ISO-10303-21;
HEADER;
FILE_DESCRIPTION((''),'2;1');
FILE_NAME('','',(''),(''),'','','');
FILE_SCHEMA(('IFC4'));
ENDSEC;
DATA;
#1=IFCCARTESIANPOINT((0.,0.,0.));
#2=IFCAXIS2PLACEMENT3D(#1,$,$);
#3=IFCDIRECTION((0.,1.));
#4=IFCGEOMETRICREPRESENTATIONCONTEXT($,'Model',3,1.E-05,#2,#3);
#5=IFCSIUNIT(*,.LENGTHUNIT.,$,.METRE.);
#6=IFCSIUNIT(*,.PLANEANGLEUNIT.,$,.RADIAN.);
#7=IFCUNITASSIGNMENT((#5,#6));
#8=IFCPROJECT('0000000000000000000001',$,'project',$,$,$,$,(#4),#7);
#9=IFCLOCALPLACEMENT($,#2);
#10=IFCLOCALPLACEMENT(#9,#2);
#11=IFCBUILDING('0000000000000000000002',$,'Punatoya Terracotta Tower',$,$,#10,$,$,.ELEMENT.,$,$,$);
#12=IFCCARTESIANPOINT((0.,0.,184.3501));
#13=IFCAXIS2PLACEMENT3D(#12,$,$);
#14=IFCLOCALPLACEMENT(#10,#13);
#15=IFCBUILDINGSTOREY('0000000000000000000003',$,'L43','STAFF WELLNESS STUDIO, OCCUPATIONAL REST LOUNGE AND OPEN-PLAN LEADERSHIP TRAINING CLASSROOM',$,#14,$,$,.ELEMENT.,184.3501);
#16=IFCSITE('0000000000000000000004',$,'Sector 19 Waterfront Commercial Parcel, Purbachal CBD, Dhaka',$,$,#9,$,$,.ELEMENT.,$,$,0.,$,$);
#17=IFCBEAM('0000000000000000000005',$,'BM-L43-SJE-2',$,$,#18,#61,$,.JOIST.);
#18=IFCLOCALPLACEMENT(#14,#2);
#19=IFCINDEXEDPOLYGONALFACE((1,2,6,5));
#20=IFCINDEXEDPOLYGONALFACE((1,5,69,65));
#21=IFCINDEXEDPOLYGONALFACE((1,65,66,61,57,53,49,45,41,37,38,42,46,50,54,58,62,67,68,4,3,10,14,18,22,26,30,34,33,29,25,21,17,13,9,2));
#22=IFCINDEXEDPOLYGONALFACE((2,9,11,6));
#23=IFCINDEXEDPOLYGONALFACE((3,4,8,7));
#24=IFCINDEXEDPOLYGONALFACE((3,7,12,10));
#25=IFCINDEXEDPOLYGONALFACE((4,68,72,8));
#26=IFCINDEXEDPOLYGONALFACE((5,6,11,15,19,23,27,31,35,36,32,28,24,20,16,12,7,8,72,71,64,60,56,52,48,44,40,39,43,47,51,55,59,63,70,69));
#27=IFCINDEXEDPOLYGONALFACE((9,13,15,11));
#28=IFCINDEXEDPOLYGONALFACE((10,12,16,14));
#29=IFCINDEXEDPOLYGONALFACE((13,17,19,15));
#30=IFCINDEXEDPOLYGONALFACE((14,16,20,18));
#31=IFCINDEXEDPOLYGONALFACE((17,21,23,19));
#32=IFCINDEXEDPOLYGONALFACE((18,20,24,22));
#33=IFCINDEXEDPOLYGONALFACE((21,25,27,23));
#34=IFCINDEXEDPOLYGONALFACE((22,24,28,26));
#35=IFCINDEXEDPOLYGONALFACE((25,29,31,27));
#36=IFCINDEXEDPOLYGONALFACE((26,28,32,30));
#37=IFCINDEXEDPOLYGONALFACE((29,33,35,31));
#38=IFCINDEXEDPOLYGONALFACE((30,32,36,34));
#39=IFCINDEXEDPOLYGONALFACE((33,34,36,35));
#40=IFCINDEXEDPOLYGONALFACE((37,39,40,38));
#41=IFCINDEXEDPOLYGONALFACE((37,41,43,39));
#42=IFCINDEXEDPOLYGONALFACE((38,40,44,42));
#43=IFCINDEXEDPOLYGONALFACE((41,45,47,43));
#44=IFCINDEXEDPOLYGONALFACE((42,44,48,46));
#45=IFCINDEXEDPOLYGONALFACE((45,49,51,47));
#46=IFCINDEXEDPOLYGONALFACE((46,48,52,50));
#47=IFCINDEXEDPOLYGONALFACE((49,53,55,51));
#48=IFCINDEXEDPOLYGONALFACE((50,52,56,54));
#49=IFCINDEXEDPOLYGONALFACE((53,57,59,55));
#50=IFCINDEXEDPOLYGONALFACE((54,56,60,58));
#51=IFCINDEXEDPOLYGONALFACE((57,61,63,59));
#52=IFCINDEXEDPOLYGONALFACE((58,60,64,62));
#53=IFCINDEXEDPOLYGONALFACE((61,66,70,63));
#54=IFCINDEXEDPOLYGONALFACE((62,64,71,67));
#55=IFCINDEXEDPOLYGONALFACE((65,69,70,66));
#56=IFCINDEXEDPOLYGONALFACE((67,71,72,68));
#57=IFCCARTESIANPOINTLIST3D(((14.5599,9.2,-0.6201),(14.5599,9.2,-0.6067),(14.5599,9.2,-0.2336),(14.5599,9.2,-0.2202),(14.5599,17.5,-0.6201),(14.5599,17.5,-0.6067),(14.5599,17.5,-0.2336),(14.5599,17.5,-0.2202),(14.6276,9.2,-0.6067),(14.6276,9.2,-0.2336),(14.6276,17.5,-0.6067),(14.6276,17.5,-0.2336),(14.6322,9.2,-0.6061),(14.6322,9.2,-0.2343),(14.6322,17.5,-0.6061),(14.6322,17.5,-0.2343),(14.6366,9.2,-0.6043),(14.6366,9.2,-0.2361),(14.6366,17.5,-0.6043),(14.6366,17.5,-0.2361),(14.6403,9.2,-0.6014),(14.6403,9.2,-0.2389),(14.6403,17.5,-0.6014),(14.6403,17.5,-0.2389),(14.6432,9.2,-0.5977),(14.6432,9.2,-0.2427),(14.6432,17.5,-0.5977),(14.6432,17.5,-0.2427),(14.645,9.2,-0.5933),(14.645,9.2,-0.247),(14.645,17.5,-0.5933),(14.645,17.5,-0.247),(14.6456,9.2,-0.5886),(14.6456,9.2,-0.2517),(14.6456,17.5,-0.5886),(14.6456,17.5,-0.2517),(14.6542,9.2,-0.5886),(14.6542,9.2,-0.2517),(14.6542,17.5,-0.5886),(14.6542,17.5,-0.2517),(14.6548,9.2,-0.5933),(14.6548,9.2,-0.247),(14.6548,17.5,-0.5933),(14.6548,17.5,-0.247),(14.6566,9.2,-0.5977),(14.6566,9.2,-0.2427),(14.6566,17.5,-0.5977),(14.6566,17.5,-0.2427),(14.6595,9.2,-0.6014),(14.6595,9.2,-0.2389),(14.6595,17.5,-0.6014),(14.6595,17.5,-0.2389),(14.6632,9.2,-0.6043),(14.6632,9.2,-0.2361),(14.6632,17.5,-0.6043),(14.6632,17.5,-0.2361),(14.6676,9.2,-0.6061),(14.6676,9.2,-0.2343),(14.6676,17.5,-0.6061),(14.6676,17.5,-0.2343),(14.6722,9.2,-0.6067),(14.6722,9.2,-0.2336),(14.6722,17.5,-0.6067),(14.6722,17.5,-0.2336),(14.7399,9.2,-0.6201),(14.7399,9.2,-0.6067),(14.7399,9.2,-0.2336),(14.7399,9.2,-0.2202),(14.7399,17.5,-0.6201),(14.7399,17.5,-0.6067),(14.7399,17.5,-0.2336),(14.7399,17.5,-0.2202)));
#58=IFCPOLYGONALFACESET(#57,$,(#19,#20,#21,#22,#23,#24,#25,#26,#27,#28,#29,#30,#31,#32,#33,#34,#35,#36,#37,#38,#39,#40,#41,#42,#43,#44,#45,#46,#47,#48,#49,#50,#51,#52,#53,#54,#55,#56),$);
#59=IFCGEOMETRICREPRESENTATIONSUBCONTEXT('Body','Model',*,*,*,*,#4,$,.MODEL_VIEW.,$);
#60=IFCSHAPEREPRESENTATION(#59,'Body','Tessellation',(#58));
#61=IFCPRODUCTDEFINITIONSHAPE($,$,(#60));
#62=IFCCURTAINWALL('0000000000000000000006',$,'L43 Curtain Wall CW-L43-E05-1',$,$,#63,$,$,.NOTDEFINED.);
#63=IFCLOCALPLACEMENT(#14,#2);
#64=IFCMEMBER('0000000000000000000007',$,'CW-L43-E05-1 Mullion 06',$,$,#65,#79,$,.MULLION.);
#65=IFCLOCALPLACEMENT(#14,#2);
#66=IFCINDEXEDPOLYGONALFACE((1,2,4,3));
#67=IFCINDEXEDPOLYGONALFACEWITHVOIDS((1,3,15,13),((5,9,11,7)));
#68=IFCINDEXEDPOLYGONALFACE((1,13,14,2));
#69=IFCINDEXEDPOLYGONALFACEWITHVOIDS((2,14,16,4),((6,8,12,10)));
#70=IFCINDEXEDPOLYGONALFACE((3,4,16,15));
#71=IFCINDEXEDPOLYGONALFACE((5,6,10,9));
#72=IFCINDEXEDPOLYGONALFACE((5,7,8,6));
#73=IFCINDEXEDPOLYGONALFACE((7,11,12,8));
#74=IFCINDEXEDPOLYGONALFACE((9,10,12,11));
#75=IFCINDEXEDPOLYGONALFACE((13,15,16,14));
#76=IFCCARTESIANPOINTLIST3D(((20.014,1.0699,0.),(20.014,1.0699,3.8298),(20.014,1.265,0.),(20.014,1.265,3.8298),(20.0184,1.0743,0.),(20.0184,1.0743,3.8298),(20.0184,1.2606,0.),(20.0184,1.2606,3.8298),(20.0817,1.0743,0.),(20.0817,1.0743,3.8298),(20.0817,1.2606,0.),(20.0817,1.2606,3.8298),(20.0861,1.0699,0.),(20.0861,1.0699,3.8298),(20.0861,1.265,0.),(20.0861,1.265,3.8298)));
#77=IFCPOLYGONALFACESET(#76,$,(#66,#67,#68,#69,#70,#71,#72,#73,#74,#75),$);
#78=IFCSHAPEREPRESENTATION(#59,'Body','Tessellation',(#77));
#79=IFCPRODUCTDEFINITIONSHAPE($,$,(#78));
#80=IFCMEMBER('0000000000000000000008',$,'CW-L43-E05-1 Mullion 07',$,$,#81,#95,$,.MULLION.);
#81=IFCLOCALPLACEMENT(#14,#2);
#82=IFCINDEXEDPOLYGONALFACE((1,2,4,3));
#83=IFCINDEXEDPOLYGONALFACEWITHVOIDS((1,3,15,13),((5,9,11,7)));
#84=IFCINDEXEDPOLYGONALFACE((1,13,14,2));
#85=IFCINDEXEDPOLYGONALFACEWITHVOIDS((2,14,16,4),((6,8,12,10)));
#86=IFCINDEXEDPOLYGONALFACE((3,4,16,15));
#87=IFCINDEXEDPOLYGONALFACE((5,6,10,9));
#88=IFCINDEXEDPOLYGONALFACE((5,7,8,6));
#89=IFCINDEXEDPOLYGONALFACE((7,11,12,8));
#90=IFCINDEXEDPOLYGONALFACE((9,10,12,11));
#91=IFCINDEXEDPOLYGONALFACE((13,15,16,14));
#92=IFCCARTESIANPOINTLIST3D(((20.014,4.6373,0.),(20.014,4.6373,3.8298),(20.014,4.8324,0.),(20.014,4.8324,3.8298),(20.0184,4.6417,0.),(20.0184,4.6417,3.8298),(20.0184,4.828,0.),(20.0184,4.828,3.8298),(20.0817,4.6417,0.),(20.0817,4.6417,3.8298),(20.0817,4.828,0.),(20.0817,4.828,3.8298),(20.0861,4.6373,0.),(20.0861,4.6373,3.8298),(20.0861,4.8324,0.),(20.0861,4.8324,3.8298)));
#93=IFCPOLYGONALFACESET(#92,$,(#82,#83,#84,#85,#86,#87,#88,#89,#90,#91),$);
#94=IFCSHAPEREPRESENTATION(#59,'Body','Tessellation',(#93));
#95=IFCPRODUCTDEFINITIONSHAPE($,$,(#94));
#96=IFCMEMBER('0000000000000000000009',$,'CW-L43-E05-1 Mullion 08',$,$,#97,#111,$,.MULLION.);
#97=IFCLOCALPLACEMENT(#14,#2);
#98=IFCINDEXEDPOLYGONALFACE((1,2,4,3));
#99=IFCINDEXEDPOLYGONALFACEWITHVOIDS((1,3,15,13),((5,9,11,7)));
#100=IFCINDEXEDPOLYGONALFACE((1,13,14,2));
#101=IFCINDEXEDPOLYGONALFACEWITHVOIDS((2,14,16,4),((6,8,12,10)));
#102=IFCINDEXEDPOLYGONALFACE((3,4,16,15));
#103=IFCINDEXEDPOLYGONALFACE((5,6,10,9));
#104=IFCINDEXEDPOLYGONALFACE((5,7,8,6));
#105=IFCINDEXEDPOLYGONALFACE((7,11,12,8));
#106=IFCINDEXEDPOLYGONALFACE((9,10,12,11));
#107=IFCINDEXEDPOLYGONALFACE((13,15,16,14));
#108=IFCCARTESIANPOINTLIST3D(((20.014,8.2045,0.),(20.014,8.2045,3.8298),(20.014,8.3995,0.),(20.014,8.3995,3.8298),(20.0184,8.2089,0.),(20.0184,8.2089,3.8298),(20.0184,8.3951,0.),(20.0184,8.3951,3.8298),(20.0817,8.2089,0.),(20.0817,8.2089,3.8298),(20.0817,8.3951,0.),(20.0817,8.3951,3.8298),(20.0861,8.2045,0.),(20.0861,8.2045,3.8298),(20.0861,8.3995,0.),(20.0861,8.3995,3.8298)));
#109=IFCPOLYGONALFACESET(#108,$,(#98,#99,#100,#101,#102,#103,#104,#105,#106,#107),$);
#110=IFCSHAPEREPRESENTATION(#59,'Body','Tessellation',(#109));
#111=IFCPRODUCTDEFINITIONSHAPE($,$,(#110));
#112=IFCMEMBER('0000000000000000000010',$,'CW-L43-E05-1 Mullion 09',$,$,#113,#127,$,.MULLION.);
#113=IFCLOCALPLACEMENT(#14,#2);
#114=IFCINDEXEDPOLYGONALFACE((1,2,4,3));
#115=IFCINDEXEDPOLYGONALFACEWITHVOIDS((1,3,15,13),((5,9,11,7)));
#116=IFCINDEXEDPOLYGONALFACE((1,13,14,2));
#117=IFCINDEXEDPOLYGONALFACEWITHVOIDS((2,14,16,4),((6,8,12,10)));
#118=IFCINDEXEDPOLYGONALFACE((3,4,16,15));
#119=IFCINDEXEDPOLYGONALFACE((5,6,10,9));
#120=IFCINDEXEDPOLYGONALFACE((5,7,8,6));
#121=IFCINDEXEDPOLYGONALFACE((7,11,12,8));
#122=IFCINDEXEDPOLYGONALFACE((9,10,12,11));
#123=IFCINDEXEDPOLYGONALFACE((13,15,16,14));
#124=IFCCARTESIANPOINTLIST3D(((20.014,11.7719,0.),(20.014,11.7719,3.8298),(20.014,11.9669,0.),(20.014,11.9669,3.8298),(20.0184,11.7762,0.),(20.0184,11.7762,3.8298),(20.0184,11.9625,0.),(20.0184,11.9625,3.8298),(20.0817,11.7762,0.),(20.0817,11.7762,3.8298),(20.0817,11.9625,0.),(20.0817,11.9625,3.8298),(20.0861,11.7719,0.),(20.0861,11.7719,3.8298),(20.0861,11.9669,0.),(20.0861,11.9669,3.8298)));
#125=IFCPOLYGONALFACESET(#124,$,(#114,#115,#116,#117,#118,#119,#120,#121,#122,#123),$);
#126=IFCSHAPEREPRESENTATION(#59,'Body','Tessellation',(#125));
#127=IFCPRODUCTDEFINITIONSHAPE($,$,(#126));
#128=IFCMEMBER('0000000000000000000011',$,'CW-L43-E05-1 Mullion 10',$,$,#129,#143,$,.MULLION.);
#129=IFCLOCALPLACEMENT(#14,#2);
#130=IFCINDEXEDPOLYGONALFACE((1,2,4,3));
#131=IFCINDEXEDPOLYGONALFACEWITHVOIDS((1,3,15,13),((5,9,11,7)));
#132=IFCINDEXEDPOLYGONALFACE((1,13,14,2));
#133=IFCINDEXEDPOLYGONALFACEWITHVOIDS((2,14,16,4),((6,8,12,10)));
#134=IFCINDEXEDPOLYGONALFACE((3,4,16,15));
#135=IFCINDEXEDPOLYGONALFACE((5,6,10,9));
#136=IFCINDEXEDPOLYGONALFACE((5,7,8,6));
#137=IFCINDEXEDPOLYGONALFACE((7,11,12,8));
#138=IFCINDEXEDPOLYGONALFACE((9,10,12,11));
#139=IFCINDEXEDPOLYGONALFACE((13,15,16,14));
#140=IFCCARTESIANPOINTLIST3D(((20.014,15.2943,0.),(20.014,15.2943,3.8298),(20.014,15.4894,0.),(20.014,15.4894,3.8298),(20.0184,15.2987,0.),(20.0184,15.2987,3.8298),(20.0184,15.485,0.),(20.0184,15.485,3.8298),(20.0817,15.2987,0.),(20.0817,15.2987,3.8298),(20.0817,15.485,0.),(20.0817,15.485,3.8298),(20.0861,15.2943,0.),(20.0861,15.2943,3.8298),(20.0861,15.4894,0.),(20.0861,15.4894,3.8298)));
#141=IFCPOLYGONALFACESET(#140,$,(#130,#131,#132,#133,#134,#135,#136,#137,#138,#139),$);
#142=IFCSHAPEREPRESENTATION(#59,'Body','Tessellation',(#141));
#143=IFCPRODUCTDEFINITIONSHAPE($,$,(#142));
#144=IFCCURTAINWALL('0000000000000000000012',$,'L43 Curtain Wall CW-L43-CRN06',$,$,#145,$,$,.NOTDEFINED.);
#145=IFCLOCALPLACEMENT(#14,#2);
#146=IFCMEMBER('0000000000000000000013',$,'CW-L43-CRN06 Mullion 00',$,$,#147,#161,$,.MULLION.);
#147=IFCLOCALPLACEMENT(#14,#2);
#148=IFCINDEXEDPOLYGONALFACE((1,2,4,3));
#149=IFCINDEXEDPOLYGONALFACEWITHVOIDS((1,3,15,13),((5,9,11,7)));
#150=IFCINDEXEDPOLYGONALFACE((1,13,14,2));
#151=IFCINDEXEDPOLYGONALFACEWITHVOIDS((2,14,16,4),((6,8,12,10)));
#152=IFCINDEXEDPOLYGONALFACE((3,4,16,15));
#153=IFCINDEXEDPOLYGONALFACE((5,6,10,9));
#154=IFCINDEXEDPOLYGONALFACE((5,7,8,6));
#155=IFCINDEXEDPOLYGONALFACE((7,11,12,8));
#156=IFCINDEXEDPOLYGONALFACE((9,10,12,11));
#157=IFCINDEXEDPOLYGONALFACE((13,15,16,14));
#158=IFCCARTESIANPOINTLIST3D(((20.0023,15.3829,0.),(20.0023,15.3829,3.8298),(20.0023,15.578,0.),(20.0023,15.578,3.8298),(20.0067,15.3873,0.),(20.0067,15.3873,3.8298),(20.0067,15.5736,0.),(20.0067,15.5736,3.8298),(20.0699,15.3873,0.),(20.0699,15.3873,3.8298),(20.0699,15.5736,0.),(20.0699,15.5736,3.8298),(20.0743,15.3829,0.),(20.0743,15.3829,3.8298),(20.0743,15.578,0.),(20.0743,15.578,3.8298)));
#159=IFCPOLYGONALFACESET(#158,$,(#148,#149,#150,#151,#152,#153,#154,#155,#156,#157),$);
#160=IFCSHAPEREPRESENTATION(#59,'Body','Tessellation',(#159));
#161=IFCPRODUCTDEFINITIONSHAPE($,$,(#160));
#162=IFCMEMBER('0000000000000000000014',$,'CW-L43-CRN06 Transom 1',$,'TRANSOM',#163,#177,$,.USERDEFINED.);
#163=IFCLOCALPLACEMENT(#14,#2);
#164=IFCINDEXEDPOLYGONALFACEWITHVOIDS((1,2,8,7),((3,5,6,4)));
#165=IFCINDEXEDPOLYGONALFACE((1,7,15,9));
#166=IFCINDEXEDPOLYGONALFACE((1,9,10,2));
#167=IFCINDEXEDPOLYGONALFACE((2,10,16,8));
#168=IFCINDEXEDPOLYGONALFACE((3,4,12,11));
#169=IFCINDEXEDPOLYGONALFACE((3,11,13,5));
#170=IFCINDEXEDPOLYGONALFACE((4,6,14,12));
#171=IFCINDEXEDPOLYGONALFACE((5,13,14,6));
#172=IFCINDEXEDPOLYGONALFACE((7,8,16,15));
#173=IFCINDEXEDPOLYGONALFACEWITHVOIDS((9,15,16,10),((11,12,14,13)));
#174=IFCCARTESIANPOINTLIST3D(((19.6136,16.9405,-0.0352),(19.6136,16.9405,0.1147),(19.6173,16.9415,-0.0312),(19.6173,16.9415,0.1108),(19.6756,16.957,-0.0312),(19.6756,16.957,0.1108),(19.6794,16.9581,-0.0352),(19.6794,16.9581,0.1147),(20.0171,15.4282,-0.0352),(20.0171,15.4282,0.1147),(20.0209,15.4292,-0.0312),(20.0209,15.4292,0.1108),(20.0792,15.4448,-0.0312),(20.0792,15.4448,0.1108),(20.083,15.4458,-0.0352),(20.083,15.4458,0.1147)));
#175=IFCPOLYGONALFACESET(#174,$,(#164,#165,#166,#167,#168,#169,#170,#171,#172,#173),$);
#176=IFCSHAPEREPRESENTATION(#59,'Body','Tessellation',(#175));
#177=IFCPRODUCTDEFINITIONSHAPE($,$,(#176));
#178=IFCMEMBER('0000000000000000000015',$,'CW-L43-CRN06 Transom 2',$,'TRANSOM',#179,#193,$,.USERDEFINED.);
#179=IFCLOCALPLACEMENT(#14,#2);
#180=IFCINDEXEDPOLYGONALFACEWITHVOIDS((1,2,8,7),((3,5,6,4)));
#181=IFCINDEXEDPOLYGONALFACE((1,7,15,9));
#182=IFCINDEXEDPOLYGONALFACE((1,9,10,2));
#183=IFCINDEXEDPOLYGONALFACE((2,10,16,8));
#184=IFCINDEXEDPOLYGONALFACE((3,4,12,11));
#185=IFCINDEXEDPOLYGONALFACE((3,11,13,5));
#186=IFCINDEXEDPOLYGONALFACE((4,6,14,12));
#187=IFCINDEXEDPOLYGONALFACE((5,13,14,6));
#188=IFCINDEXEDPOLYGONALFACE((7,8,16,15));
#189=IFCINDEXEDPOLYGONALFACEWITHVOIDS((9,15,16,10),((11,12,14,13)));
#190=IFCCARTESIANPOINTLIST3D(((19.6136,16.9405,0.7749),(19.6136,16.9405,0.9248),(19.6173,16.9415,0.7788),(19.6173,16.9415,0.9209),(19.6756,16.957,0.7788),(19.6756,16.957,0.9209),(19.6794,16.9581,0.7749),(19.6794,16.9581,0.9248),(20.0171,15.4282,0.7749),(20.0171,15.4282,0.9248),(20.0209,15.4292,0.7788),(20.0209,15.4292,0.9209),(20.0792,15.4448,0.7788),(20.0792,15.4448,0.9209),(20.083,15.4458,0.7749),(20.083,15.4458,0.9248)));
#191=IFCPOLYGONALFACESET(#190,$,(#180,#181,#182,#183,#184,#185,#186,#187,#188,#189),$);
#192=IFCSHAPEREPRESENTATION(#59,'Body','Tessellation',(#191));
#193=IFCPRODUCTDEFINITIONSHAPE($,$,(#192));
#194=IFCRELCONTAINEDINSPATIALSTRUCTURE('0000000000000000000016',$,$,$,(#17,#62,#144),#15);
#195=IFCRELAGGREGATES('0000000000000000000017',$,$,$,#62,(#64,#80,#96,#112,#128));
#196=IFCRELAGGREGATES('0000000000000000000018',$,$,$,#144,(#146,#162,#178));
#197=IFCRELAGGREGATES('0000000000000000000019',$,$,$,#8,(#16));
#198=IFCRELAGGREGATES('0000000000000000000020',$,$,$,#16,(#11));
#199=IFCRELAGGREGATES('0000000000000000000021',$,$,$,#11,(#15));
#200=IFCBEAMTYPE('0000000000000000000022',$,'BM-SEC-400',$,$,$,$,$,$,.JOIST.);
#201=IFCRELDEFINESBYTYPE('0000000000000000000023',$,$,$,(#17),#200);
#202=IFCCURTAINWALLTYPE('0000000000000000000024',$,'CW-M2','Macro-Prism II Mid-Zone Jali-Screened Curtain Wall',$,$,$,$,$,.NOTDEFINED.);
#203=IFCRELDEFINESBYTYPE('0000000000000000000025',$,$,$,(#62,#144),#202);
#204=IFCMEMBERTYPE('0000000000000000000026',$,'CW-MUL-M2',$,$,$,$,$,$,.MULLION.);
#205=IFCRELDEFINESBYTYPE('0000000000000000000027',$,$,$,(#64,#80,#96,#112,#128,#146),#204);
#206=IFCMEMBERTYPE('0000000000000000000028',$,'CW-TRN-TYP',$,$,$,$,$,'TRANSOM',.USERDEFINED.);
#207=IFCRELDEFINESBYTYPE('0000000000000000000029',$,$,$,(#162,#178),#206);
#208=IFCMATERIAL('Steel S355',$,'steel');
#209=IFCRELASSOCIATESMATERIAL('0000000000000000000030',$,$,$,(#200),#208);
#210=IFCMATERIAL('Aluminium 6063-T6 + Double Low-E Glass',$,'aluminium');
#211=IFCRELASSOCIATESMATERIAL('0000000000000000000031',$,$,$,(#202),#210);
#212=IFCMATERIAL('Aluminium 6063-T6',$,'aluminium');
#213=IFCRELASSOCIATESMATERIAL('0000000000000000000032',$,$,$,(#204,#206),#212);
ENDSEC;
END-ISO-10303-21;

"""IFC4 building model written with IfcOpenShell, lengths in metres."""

from ifc_helpers import new_model, si_unit, direction, frame, origin, origin_2d, place, context, subcontext, project, spatial, hollow_rectangle, i_section, extrude, material, material_profile, profile_set, type_object, element, aggregate, save


model = new_model("IFC4")

# Units and contexts
model_context = context("Model", 3, precision=1e-05, world=origin(), true_north=direction((0.0, 1.0)))
body_context = subcontext(model_context, "Body", "Model", "MODEL_VIEW")
ifc_project = project(units=[si_unit("LENGTHUNIT", "METRE"), si_unit("PLANEANGLEUNIT", "RADIAN")], contexts=[model_context])

# Site, building, storey
site_placement = place(None, origin())
site = spatial("IfcSite", under=ifc_project, at=site_placement, Name="Sector 19 Waterfront Commercial Parcel, Purbachal CBD, Dhaka", CompositionType="ELEMENT", RefElevation=0.0)
building_placement = place(site_placement, origin())
building = spatial("IfcBuilding", under=site, at=building_placement, Name="Punatoya Terracotta Tower", CompositionType="ELEMENT")
storey_placement = place(building_placement, frame((0.0, 0.0, 184.3501)))
storey = spatial("IfcBuildingStorey", under=building, at=storey_placement, Name="L43", Description="STAFF WELLNESS STUDIO, OCCUPATIONAL REST LOUNGE AND OPEN-PLAN LEADERSHIP TRAINING CLASSROOM", CompositionType="ELEMENT", Elevation=184.3501)

# Beam
ifc_material_1 = material(Name="Steel S355", Category="steel")
ifc_material_profile_1 = material_profile(ifc_material_1, i_section(OverallWidth=0.1799, OverallDepth=0.3999, WebThickness=0.0085, FlangeThickness=0.0134, FilletRadius=0.0181, at=origin_2d()))
ifc_profile_set_1 = profile_set([ifc_material_profile_1], Name="Steel S355")
beam_type_1 = type_object("IfcBeamType", Name="BM-SEC-400", PredefinedType="JOIST", material=ifc_profile_set_1)
beam_1_placement = place(storey_placement, frame((14.6499, 9.2, -0.4202), z_axis=(0.0, 1.0, 0.0), x_axis=(-1.0, 0.0, 0.0)))
element("IfcBeam", 1, at=beam_1_placement, inside=storey, type_object=beam_type_1, Name="BM-L43-SJE-2", PredefinedType="JOIST", context=body_context, shape_type="SweptSolid", body=[
    extrude(i_section(OverallWidth=0.1799, OverallDepth=0.3999, WebThickness=0.0085, FlangeThickness=0.0134, FilletRadius=0.0181, at=origin_2d()), origin(), (0.0, 0.0, 1.0), 8.3),
])

# Curtain walls, members
ifc_material_2 = material(Name="Aluminium 6063-T6 + Double Low-E Glass", Category="aluminium")
curtain_wall_type = type_object("IfcCurtainWallType", Name="CW-M2", Description="Macro-Prism II Mid-Zone Jali-Screened Curtain Wall", PredefinedType="NOTDEFINED", material=ifc_material_2)
curtain_wall_1_placement = place(storey_placement, origin())
curtain_wall_1 = element("IfcCurtainWall", 2, at=curtain_wall_1_placement, inside=storey, type_object=curtain_wall_type, Name="L43 Curtain Wall CW-L43-E05-1", PredefinedType="NOTDEFINED")
ifc_material_3 = material(Name="Aluminium 6063-T6", Category="aluminium")
ifc_material_profile_2 = material_profile(ifc_material_3, hollow_rectangle(XDim=0.072, YDim=0.1951, WallThickness=0.0044, at=origin_2d()))
ifc_profile_set_2 = profile_set([ifc_material_profile_2], Name="Aluminium 6063-T6")
member_type_1 = type_object("IfcMemberType", Name="CW-MUL-M2", PredefinedType="MULLION", material=ifc_profile_set_2)
member_1_placement = place(storey_placement, frame((20.05, 1.1675, 0.0), z_axis=(0.0, 0.0, 1.0), x_axis=(1.0, 0.0, 0.0)))
member_1 = element("IfcMember", 3, at=member_1_placement, type_object=member_type_1, Name="CW-L43-E05-1 Mullion 06", PredefinedType="MULLION", context=body_context, shape_type="SweptSolid", body=[
    extrude(hollow_rectangle(XDim=0.072, YDim=0.1951, WallThickness=0.0044, at=origin_2d()), origin(), (0.0, 0.0, 1.0), 3.8298),
])
member_2_placement = place(storey_placement, frame((20.05, 4.7349, 0.0), z_axis=(0.0, 0.0, 1.0), x_axis=(1.0, 0.0, 0.0)))
member_2 = element("IfcMember", 4, at=member_2_placement, type_object=member_type_1, Name="CW-L43-E05-1 Mullion 07", PredefinedType="MULLION", context=body_context, shape_type="SweptSolid", body=[
    extrude(hollow_rectangle(XDim=0.072, YDim=0.1951, WallThickness=0.0044, at=origin_2d()), origin(), (0.0, 0.0, 1.0), 3.8298),
])
member_3_placement = place(storey_placement, frame((20.05, 8.302, 0.0), z_axis=(0.0, 0.0, 1.0), x_axis=(1.0, 0.0, 0.0)))
member_3 = element("IfcMember", 5, at=member_3_placement, type_object=member_type_1, Name="CW-L43-E05-1 Mullion 08", PredefinedType="MULLION", context=body_context, shape_type="SweptSolid", body=[
    extrude(hollow_rectangle(XDim=0.072, YDim=0.1951, WallThickness=0.0044, at=origin_2d()), origin(), (0.0, 0.0, 1.0), 3.8298),
])
member_4_placement = place(storey_placement, frame((20.05, 11.8694, 0.0), z_axis=(0.0, 0.0, 1.0), x_axis=(1.0, 0.0, 0.0)))
member_4 = element("IfcMember", 6, at=member_4_placement, type_object=member_type_1, Name="CW-L43-E05-1 Mullion 09", PredefinedType="MULLION", context=body_context, shape_type="SweptSolid", body=[
    extrude(hollow_rectangle(XDim=0.072, YDim=0.1951, WallThickness=0.0044, at=origin_2d()), origin(), (0.0, 0.0, 1.0), 3.8298),
])
member_5_placement = place(storey_placement, frame((20.05, 15.3918, 0.0), z_axis=(0.0, 0.0, 1.0), x_axis=(1.0, 0.0, 0.0)))
member_5 = element("IfcMember", 7, at=member_5_placement, type_object=member_type_1, Name="CW-L43-E05-1 Mullion 10", PredefinedType="MULLION", context=body_context, shape_type="SweptSolid", body=[
    extrude(hollow_rectangle(XDim=0.072, YDim=0.1951, WallThickness=0.0044, at=origin_2d()), origin(), (0.0, 0.0, 1.0), 3.8298),
])
curtain_wall_2_placement = place(storey_placement, origin())
curtain_wall_2 = element("IfcCurtainWall", 8, at=curtain_wall_2_placement, inside=storey, type_object=curtain_wall_type, Name="L43 Curtain Wall CW-L43-CRN06", PredefinedType="NOTDEFINED")
member_6_placement = place(storey_placement, frame((20.0383, 15.4805, 0.0), z_axis=(0.0, 0.0, 1.0), x_axis=(1.0, 0.0, 0.0)))
member_6 = element("IfcMember", 9, at=member_6_placement, type_object=member_type_1, Name="CW-L43-CRN06 Mullion 00", PredefinedType="MULLION", context=body_context, shape_type="SweptSolid", body=[
    extrude(hollow_rectangle(XDim=0.072, YDim=0.1951, WallThickness=0.0044, at=origin_2d()), origin(), (0.0, 0.0, 1.0), 3.8298),
])
ifc_material_profile_3 = material_profile(ifc_material_3, hollow_rectangle(XDim=0.0681, YDim=0.1499, WallThickness=0.0039, at=origin_2d()))
ifc_profile_set_3 = profile_set([ifc_material_profile_3], Name="Aluminium 6063-T6")
member_type_2 = type_object("IfcMemberType", Name="CW-TRN-TYP", ElementType="TRANSOM", PredefinedType="USERDEFINED", material=ifc_profile_set_3)
member_7_placement = place(storey_placement, frame((20.05, 15.437, 0.0398), z_axis=(-0.257847, 0.966186, 0.0), x_axis=(-0.966186, -0.257847, 0.0)))
member_7 = element("IfcMember", 10, at=member_7_placement, type_object=member_type_2, Name="CW-L43-CRN06 Transom 1", ObjectType="TRANSOM", PredefinedType="USERDEFINED", context=body_context, shape_type="SweptSolid", body=[
    extrude(hollow_rectangle(XDim=0.0681, YDim=0.1499, WallThickness=0.0039, at=origin_2d()), origin(), (0.0, 0.0, 1.0), 1.5652),
])
member_8_placement = place(storey_placement, frame((20.05, 15.437, 0.8499), z_axis=(-0.257847, 0.966186, 0.0), x_axis=(-0.966186, -0.257847, 0.0)))
member_8 = element("IfcMember", 11, at=member_8_placement, type_object=member_type_2, Name="CW-L43-CRN06 Transom 2", ObjectType="TRANSOM", PredefinedType="USERDEFINED", context=body_context, shape_type="SweptSolid", body=[
    extrude(hollow_rectangle(XDim=0.0681, YDim=0.1499, WallThickness=0.0039, at=origin_2d()), origin(), (0.0, 0.0, 1.0), 1.5652),
])

aggregate(curtain_wall_1, [member_1, member_2, member_3, member_4, member_5])
aggregate(curtain_wall_2, [member_6, member_7, member_8])

save(model, "model.ifc")
